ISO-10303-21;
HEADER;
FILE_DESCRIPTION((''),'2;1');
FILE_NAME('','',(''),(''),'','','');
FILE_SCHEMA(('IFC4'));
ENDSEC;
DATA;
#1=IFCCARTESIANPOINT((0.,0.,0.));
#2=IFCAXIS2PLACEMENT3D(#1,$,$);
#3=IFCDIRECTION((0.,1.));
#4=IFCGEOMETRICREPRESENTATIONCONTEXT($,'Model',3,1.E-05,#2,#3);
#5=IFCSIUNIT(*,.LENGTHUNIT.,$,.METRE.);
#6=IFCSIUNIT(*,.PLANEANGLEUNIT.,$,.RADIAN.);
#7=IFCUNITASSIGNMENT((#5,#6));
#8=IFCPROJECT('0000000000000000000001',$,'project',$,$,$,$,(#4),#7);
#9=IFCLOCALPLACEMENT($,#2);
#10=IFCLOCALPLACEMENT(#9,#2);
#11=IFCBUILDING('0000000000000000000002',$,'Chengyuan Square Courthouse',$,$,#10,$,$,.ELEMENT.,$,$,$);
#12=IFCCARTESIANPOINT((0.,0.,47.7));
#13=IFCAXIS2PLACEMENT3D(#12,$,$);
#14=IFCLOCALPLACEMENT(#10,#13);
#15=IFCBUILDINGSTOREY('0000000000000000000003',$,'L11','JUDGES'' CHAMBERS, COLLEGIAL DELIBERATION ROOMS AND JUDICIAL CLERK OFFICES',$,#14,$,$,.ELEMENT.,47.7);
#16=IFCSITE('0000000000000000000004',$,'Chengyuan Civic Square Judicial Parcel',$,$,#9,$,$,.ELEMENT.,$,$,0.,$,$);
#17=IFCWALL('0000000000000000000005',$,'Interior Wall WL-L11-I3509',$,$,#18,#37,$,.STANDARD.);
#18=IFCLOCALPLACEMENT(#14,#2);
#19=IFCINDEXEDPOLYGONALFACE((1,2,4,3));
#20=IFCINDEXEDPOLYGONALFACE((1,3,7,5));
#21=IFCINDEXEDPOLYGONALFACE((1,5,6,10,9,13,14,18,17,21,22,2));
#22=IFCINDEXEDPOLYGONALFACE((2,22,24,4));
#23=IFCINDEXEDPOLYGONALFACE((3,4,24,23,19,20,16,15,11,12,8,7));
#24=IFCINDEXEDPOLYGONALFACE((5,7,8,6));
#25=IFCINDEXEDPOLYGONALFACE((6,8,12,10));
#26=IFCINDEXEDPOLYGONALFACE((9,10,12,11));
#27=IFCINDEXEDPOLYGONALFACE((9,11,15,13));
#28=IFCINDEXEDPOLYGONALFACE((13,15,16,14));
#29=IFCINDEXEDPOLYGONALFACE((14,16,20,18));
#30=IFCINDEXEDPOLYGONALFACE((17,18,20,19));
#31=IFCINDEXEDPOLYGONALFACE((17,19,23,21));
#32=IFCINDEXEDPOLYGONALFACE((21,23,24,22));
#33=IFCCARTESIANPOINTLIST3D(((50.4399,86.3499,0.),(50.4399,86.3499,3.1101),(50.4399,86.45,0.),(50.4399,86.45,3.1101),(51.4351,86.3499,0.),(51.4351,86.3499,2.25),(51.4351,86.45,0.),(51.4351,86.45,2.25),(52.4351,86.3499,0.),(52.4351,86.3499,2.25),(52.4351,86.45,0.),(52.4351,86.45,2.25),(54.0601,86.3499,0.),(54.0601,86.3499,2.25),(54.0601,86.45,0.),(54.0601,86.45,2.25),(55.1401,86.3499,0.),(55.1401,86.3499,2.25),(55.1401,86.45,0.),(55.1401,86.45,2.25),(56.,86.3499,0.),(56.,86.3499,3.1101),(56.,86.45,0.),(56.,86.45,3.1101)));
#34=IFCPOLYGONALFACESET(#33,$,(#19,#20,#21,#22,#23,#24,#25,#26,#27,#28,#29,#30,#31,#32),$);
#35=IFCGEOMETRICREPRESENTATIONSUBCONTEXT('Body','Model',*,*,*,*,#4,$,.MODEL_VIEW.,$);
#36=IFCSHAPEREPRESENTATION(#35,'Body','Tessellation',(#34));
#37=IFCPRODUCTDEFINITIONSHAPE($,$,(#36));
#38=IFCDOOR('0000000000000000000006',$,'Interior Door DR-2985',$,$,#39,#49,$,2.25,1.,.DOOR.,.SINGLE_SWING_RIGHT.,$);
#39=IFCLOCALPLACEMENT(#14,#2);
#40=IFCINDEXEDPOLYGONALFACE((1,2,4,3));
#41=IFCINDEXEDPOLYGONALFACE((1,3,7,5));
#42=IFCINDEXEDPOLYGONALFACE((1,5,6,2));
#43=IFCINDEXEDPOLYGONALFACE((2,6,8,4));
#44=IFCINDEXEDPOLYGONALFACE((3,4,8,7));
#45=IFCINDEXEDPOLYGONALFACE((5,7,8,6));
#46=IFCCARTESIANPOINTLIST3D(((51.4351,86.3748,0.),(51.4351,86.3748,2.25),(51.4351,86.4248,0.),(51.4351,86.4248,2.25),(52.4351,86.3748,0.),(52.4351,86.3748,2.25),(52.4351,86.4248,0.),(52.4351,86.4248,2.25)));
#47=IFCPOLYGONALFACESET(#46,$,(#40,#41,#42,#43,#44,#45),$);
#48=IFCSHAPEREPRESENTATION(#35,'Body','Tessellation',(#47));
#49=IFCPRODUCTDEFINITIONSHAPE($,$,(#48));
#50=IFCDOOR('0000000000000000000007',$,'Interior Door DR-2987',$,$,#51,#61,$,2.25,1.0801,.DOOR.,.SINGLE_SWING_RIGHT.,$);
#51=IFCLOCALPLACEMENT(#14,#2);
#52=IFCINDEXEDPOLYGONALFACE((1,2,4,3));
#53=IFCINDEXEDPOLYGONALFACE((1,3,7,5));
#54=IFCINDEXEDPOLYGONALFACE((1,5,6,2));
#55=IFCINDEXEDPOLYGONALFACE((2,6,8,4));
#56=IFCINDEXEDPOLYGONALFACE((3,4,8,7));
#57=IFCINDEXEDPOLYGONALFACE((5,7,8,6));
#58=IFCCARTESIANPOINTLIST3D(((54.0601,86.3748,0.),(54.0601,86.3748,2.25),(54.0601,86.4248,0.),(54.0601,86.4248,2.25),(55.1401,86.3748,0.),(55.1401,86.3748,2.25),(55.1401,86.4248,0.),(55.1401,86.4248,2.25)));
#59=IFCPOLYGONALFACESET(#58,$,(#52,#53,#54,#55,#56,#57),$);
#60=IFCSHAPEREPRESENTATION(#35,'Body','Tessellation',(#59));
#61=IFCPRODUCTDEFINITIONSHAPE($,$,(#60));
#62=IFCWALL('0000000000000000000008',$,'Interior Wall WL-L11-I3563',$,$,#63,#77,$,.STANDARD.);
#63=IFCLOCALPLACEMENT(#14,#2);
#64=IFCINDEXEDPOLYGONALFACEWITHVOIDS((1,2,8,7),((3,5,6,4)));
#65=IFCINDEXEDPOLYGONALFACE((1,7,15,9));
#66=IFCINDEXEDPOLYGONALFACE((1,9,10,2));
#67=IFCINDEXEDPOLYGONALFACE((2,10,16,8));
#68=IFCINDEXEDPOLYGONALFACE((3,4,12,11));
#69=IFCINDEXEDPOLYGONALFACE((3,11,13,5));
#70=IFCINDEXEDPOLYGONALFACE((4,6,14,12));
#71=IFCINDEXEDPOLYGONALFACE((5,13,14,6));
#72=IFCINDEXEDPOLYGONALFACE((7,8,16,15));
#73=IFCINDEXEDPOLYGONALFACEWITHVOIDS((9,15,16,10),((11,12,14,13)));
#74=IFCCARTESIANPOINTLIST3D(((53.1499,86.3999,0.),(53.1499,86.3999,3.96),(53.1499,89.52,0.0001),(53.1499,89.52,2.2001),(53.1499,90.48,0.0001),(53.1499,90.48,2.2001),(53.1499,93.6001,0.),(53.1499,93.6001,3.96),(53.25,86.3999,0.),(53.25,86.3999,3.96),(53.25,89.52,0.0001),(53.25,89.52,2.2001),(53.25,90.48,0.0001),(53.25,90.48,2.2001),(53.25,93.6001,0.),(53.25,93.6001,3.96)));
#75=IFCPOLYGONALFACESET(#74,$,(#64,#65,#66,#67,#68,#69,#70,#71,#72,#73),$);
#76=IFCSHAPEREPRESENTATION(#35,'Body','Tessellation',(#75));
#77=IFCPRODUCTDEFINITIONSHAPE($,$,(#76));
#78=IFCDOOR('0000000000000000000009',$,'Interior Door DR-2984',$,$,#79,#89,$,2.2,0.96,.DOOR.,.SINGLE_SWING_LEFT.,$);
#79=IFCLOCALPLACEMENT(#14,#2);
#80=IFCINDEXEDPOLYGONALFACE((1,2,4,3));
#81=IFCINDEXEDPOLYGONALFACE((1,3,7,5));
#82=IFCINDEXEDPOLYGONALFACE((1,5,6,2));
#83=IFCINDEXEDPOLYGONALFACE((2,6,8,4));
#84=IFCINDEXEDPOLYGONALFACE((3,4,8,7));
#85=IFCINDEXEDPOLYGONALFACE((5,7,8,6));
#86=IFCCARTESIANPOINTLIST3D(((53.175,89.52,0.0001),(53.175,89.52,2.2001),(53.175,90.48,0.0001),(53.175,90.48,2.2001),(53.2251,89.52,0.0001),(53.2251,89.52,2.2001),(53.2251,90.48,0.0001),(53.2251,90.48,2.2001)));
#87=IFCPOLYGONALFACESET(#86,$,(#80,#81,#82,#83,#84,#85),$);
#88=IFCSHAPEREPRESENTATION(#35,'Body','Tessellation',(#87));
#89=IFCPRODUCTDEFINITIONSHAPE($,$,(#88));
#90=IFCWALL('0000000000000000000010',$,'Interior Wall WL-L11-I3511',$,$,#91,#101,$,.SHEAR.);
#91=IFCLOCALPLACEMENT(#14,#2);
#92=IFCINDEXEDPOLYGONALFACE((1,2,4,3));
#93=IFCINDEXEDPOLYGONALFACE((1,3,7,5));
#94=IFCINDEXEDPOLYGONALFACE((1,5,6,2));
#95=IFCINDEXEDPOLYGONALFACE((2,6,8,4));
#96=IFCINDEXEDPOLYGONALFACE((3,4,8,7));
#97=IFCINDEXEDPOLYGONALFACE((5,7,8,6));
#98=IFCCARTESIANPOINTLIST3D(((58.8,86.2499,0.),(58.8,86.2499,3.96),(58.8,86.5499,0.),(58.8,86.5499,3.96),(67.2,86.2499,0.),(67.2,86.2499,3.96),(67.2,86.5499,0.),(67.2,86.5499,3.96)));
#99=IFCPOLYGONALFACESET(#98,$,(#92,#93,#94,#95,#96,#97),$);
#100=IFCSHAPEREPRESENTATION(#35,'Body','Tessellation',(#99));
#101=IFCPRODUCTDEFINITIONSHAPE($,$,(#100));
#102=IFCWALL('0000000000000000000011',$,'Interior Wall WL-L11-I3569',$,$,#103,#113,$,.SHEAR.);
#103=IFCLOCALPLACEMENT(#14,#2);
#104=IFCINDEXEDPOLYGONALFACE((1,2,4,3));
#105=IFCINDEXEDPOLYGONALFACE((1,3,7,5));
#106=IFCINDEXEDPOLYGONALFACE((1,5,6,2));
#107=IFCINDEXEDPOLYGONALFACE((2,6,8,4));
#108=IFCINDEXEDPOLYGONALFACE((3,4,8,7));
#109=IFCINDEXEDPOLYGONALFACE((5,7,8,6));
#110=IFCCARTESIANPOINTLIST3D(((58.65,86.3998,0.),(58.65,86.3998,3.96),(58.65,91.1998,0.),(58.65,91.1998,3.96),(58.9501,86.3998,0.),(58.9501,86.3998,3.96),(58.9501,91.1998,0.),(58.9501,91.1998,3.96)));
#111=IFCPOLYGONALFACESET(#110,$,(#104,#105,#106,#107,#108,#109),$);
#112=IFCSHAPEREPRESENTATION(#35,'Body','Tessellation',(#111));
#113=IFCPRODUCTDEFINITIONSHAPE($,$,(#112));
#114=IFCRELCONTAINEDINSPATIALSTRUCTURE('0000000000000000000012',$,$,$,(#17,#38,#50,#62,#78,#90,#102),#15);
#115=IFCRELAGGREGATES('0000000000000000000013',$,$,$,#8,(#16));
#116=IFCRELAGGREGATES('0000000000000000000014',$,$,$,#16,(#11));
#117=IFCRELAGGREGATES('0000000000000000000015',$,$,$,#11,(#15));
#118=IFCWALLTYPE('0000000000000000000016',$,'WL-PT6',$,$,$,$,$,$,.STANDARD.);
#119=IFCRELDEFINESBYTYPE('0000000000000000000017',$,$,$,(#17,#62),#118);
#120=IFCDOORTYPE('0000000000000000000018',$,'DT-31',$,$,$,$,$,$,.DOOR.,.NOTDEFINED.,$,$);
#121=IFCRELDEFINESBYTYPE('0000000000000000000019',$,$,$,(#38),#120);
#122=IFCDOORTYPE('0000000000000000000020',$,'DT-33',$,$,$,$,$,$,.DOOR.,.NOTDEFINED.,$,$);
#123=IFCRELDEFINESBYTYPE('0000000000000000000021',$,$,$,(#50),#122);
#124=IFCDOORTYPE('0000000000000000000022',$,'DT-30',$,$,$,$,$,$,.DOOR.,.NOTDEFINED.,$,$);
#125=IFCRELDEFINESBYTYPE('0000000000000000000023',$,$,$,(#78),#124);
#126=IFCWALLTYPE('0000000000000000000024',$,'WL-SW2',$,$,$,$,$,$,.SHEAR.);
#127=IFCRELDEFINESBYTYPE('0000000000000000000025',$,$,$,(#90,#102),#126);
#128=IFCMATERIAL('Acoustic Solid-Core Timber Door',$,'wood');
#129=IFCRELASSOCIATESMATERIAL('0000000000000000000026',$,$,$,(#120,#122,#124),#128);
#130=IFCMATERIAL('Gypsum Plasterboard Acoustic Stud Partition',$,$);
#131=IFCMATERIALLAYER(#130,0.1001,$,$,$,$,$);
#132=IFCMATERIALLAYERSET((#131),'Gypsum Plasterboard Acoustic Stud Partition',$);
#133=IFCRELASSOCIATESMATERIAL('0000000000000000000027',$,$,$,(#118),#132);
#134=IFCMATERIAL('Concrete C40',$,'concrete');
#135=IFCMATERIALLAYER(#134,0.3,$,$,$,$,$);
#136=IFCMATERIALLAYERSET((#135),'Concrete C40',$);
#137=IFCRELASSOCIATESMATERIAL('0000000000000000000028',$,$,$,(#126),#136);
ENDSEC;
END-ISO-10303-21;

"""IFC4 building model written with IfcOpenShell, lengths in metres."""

from ifc_helpers import new_model, si_unit, direction, frame, frame_2d, origin, place, context, subcontext, project, spatial, rectangle, extrude, material, layer, layer_set, type_object, element, fill, save


model = new_model("IFC4")

# Units and contexts
model_context = context("Model", 3, precision=1e-05, world=origin(), true_north=direction((0.0, 1.0)))
body_context = subcontext(model_context, "Body", "Model", "MODEL_VIEW")
ifc_project = project(units=[si_unit("LENGTHUNIT", "METRE"), si_unit("PLANEANGLEUNIT", "RADIAN")], contexts=[model_context])

# Site, building, storey
site_placement = place(None, origin())
site = spatial("IfcSite", under=ifc_project, at=site_placement, Name="Chengyuan Civic Square Judicial Parcel", CompositionType="ELEMENT", RefElevation=0.0)
building_placement = place(site_placement, origin())
building = spatial("IfcBuilding", under=site, at=building_placement, Name="Chengyuan Square Courthouse", CompositionType="ELEMENT")
storey_placement = place(building_placement, frame((0.0, 0.0, 47.7)))
storey = spatial("IfcBuildingStorey", under=building, at=storey_placement, Name="L11", Description="JUDGES' CHAMBERS, COLLEGIAL DELIBERATION ROOMS AND JUDICIAL CLERK OFFICES", CompositionType="ELEMENT", Elevation=47.7)

# Shared definitions
ifc_material_1 = material(Name="Concrete C40", Category="concrete")

# Shared definitions
ifc_material_2 = material(Name="Acoustic Solid-Core Timber Door", Category="wood")

# Wall, openings, doors
door_type_1 = type_object("IfcDoorType", Name="DT-31", OperationType="NOTDEFINED", PredefinedType="DOOR", material=ifc_material_2)
door_type_2 = type_object("IfcDoorType", Name="DT-33", OperationType="NOTDEFINED", PredefinedType="DOOR", material=ifc_material_2)
ifc_material_3 = material(Name="Gypsum Plasterboard Acoustic Stud Partition")
ifc_layer_1 = layer(ifc_material_3, 0.1001)
ifc_layer_set_1 = layer_set([ifc_layer_1], Name="Gypsum Plasterboard Acoustic Stud Partition")
wall_type_1 = type_object("IfcWallType", Name="WL-PT6", PredefinedType="STANDARD", material=ifc_layer_set_1)
wall_1_placement = place(storey_placement, frame((50.4399, 86.3999, 0.0), z_axis=(0.0, 0.0, 1.0), x_axis=(1.0, 0.0, 0.0)))
wall_1 = element("IfcWall", 1, at=wall_1_placement, inside=storey, type_object=wall_type_1, Name="Interior Wall WL-L11-I3509", PredefinedType="STANDARD", context=body_context, shape_type="SweptSolid", body=[
    extrude(rectangle(XDim=5.5601, YDim=0.1001, at=frame_2d((2.78, 0.0))), origin(), (0.0, 0.0, 1.0), 3.1101),
])
opening_1_placement = place(wall_1_placement, frame((0.9951, 0.0, 0.0)))
opening_1 = element("IfcOpeningElement", 2, at=opening_1_placement, cuts=wall_1, PredefinedType="OPENING", context=body_context, shape_type="SweptSolid", body=[
    extrude(rectangle(XDim=1.0, YDim=2.25, at=frame_2d((0.5, 1.125))), frame((0.0, 0.062, 0.0), z_axis=(0.0, -1.0, 0.0), x_axis=(1.0, 0.0, 0.0)), (0.0, 0.0, 1.0), 0.124),
])
opening_2_placement = place(wall_1_placement, frame((3.6201, 0.0, 0.0)))
opening_2 = element("IfcOpeningElement", 3, at=opening_2_placement, cuts=wall_1, PredefinedType="OPENING", context=body_context, shape_type="SweptSolid", body=[
    extrude(rectangle(XDim=1.0801, YDim=2.25, at=frame_2d((0.54, 1.125))), frame((0.0, 0.062, 0.0), z_axis=(0.0, -1.0, 0.0), x_axis=(1.0, 0.0, 0.0)), (0.0, 0.0, 1.0), 0.124),
])
door_1_placement = place(opening_1_placement, origin())
door_1 = element("IfcDoor", 4, at=door_1_placement, inside=storey, type_object=door_type_1, Name="Interior Door DR-2985", OperationType="SINGLE_SWING_RIGHT", OverallHeight=2.25, OverallWidth=1.0, PredefinedType="DOOR", context=body_context, shape_type="SweptSolid", body=[
    extrude(rectangle(XDim=1.0, YDim=2.25, at=frame_2d((0.5, 1.125))), frame((0.0, 0.0249, 0.0), z_axis=(0.0, -1.0, 0.0), x_axis=(1.0, 0.0, 0.0)), (0.0, 0.0, 1.0), 0.05),
])
fill(opening_1, door_1)
door_2_placement = place(opening_2_placement, origin())
door_2 = element("IfcDoor", 5, at=door_2_placement, inside=storey, type_object=door_type_2, Name="Interior Door DR-2987", OperationType="SINGLE_SWING_RIGHT", OverallHeight=2.25, OverallWidth=1.0801, PredefinedType="DOOR", context=body_context, shape_type="SweptSolid", body=[
    extrude(rectangle(XDim=1.0801, YDim=2.25, at=frame_2d((0.54, 1.125))), frame((0.0, 0.0249, 0.0), z_axis=(0.0, -1.0, 0.0), x_axis=(1.0, 0.0, 0.0)), (0.0, 0.0, 1.0), 0.05),
])
fill(opening_2, door_2)

# Wall, opening, door
wall_2_placement = place(storey_placement, frame((53.2, 86.3999, 0.0), z_axis=(0.0, 0.0, 1.0), x_axis=(0.0, 1.0, 0.0)))
wall_2 = element("IfcWall", 6, at=wall_2_placement, inside=storey, type_object=wall_type_1, Name="Interior Wall WL-L11-I3563", PredefinedType="STANDARD", context=body_context, shape_type="SweptSolid", body=[
    extrude(rectangle(XDim=7.2002, YDim=0.1001, at=frame_2d((3.6001, 0.0))), origin(), (0.0, 0.0, 1.0), 3.96),
])
opening_3_placement = place(wall_2_placement, frame((3.1201, 0.0, 0.0)))
opening_3 = element("IfcOpeningElement", 7, at=opening_3_placement, cuts=wall_2, PredefinedType="OPENING", context=body_context, shape_type="SweptSolid", body=[
    extrude(rectangle(XDim=0.96, YDim=2.2, at=frame_2d((0.48, 1.1001))), frame((0.0, 0.062, 0.0), z_axis=(0.0, -1.0, 0.0), x_axis=(1.0, 0.0, 0.0)), (0.0, 0.0, 1.0), 0.124),
])
door_type_3 = type_object("IfcDoorType", Name="DT-30", OperationType="NOTDEFINED", PredefinedType="DOOR", material=ifc_material_2)
door_3_placement = place(opening_3_placement, origin())
door_3 = element("IfcDoor", 8, at=door_3_placement, inside=storey, type_object=door_type_3, Name="Interior Door DR-2984", OperationType="SINGLE_SWING_LEFT", OverallHeight=2.2, OverallWidth=0.96, PredefinedType="DOOR", context=body_context, shape_type="SweptSolid", body=[
    extrude(rectangle(XDim=0.96, YDim=2.2, at=frame_2d((0.48, 1.1001))), frame((0.0, 0.0249, 0.0), z_axis=(0.0, -1.0, 0.0), x_axis=(1.0, 0.0, 0.0)), (0.0, 0.0, 1.0), 0.05),
])
fill(opening_3, door_3)

# Walls
ifc_layer_2 = layer(ifc_material_1, 0.3)
ifc_layer_set_2 = layer_set([ifc_layer_2], Name="Concrete C40")
wall_type_2 = type_object("IfcWallType", Name="WL-SW2", PredefinedType="SHEAR", material=ifc_layer_set_2)
wall_3_placement = place(storey_placement, frame((58.8, 86.3999, 0.0), z_axis=(0.0, 0.0, 1.0), x_axis=(1.0, 0.0, 0.0)))
element("IfcWall", 9, at=wall_3_placement, inside=storey, type_object=wall_type_2, Name="Interior Wall WL-L11-I3511", PredefinedType="SHEAR", context=body_context, shape_type="SweptSolid", body=[
    extrude(rectangle(XDim=8.3999, YDim=0.3, at=frame_2d((4.2, 0.0))), origin(), (0.0, 0.0, 1.0), 3.96),
])
wall_4_placement = place(storey_placement, frame((58.8, 86.3999, 0.0), z_axis=(0.0, 0.0, 1.0), x_axis=(0.0, 1.0, 0.0)))
element("IfcWall", 10, at=wall_4_placement, inside=storey, type_object=wall_type_2, Name="Interior Wall WL-L11-I3569", PredefinedType="SHEAR", context=body_context, shape_type="SweptSolid", body=[
    extrude(rectangle(XDim=4.8, YDim=0.3, at=frame_2d((2.3999, 0.0))), origin(), (0.0, 0.0, 1.0), 3.96),
])

save(model, "model.ifc")
